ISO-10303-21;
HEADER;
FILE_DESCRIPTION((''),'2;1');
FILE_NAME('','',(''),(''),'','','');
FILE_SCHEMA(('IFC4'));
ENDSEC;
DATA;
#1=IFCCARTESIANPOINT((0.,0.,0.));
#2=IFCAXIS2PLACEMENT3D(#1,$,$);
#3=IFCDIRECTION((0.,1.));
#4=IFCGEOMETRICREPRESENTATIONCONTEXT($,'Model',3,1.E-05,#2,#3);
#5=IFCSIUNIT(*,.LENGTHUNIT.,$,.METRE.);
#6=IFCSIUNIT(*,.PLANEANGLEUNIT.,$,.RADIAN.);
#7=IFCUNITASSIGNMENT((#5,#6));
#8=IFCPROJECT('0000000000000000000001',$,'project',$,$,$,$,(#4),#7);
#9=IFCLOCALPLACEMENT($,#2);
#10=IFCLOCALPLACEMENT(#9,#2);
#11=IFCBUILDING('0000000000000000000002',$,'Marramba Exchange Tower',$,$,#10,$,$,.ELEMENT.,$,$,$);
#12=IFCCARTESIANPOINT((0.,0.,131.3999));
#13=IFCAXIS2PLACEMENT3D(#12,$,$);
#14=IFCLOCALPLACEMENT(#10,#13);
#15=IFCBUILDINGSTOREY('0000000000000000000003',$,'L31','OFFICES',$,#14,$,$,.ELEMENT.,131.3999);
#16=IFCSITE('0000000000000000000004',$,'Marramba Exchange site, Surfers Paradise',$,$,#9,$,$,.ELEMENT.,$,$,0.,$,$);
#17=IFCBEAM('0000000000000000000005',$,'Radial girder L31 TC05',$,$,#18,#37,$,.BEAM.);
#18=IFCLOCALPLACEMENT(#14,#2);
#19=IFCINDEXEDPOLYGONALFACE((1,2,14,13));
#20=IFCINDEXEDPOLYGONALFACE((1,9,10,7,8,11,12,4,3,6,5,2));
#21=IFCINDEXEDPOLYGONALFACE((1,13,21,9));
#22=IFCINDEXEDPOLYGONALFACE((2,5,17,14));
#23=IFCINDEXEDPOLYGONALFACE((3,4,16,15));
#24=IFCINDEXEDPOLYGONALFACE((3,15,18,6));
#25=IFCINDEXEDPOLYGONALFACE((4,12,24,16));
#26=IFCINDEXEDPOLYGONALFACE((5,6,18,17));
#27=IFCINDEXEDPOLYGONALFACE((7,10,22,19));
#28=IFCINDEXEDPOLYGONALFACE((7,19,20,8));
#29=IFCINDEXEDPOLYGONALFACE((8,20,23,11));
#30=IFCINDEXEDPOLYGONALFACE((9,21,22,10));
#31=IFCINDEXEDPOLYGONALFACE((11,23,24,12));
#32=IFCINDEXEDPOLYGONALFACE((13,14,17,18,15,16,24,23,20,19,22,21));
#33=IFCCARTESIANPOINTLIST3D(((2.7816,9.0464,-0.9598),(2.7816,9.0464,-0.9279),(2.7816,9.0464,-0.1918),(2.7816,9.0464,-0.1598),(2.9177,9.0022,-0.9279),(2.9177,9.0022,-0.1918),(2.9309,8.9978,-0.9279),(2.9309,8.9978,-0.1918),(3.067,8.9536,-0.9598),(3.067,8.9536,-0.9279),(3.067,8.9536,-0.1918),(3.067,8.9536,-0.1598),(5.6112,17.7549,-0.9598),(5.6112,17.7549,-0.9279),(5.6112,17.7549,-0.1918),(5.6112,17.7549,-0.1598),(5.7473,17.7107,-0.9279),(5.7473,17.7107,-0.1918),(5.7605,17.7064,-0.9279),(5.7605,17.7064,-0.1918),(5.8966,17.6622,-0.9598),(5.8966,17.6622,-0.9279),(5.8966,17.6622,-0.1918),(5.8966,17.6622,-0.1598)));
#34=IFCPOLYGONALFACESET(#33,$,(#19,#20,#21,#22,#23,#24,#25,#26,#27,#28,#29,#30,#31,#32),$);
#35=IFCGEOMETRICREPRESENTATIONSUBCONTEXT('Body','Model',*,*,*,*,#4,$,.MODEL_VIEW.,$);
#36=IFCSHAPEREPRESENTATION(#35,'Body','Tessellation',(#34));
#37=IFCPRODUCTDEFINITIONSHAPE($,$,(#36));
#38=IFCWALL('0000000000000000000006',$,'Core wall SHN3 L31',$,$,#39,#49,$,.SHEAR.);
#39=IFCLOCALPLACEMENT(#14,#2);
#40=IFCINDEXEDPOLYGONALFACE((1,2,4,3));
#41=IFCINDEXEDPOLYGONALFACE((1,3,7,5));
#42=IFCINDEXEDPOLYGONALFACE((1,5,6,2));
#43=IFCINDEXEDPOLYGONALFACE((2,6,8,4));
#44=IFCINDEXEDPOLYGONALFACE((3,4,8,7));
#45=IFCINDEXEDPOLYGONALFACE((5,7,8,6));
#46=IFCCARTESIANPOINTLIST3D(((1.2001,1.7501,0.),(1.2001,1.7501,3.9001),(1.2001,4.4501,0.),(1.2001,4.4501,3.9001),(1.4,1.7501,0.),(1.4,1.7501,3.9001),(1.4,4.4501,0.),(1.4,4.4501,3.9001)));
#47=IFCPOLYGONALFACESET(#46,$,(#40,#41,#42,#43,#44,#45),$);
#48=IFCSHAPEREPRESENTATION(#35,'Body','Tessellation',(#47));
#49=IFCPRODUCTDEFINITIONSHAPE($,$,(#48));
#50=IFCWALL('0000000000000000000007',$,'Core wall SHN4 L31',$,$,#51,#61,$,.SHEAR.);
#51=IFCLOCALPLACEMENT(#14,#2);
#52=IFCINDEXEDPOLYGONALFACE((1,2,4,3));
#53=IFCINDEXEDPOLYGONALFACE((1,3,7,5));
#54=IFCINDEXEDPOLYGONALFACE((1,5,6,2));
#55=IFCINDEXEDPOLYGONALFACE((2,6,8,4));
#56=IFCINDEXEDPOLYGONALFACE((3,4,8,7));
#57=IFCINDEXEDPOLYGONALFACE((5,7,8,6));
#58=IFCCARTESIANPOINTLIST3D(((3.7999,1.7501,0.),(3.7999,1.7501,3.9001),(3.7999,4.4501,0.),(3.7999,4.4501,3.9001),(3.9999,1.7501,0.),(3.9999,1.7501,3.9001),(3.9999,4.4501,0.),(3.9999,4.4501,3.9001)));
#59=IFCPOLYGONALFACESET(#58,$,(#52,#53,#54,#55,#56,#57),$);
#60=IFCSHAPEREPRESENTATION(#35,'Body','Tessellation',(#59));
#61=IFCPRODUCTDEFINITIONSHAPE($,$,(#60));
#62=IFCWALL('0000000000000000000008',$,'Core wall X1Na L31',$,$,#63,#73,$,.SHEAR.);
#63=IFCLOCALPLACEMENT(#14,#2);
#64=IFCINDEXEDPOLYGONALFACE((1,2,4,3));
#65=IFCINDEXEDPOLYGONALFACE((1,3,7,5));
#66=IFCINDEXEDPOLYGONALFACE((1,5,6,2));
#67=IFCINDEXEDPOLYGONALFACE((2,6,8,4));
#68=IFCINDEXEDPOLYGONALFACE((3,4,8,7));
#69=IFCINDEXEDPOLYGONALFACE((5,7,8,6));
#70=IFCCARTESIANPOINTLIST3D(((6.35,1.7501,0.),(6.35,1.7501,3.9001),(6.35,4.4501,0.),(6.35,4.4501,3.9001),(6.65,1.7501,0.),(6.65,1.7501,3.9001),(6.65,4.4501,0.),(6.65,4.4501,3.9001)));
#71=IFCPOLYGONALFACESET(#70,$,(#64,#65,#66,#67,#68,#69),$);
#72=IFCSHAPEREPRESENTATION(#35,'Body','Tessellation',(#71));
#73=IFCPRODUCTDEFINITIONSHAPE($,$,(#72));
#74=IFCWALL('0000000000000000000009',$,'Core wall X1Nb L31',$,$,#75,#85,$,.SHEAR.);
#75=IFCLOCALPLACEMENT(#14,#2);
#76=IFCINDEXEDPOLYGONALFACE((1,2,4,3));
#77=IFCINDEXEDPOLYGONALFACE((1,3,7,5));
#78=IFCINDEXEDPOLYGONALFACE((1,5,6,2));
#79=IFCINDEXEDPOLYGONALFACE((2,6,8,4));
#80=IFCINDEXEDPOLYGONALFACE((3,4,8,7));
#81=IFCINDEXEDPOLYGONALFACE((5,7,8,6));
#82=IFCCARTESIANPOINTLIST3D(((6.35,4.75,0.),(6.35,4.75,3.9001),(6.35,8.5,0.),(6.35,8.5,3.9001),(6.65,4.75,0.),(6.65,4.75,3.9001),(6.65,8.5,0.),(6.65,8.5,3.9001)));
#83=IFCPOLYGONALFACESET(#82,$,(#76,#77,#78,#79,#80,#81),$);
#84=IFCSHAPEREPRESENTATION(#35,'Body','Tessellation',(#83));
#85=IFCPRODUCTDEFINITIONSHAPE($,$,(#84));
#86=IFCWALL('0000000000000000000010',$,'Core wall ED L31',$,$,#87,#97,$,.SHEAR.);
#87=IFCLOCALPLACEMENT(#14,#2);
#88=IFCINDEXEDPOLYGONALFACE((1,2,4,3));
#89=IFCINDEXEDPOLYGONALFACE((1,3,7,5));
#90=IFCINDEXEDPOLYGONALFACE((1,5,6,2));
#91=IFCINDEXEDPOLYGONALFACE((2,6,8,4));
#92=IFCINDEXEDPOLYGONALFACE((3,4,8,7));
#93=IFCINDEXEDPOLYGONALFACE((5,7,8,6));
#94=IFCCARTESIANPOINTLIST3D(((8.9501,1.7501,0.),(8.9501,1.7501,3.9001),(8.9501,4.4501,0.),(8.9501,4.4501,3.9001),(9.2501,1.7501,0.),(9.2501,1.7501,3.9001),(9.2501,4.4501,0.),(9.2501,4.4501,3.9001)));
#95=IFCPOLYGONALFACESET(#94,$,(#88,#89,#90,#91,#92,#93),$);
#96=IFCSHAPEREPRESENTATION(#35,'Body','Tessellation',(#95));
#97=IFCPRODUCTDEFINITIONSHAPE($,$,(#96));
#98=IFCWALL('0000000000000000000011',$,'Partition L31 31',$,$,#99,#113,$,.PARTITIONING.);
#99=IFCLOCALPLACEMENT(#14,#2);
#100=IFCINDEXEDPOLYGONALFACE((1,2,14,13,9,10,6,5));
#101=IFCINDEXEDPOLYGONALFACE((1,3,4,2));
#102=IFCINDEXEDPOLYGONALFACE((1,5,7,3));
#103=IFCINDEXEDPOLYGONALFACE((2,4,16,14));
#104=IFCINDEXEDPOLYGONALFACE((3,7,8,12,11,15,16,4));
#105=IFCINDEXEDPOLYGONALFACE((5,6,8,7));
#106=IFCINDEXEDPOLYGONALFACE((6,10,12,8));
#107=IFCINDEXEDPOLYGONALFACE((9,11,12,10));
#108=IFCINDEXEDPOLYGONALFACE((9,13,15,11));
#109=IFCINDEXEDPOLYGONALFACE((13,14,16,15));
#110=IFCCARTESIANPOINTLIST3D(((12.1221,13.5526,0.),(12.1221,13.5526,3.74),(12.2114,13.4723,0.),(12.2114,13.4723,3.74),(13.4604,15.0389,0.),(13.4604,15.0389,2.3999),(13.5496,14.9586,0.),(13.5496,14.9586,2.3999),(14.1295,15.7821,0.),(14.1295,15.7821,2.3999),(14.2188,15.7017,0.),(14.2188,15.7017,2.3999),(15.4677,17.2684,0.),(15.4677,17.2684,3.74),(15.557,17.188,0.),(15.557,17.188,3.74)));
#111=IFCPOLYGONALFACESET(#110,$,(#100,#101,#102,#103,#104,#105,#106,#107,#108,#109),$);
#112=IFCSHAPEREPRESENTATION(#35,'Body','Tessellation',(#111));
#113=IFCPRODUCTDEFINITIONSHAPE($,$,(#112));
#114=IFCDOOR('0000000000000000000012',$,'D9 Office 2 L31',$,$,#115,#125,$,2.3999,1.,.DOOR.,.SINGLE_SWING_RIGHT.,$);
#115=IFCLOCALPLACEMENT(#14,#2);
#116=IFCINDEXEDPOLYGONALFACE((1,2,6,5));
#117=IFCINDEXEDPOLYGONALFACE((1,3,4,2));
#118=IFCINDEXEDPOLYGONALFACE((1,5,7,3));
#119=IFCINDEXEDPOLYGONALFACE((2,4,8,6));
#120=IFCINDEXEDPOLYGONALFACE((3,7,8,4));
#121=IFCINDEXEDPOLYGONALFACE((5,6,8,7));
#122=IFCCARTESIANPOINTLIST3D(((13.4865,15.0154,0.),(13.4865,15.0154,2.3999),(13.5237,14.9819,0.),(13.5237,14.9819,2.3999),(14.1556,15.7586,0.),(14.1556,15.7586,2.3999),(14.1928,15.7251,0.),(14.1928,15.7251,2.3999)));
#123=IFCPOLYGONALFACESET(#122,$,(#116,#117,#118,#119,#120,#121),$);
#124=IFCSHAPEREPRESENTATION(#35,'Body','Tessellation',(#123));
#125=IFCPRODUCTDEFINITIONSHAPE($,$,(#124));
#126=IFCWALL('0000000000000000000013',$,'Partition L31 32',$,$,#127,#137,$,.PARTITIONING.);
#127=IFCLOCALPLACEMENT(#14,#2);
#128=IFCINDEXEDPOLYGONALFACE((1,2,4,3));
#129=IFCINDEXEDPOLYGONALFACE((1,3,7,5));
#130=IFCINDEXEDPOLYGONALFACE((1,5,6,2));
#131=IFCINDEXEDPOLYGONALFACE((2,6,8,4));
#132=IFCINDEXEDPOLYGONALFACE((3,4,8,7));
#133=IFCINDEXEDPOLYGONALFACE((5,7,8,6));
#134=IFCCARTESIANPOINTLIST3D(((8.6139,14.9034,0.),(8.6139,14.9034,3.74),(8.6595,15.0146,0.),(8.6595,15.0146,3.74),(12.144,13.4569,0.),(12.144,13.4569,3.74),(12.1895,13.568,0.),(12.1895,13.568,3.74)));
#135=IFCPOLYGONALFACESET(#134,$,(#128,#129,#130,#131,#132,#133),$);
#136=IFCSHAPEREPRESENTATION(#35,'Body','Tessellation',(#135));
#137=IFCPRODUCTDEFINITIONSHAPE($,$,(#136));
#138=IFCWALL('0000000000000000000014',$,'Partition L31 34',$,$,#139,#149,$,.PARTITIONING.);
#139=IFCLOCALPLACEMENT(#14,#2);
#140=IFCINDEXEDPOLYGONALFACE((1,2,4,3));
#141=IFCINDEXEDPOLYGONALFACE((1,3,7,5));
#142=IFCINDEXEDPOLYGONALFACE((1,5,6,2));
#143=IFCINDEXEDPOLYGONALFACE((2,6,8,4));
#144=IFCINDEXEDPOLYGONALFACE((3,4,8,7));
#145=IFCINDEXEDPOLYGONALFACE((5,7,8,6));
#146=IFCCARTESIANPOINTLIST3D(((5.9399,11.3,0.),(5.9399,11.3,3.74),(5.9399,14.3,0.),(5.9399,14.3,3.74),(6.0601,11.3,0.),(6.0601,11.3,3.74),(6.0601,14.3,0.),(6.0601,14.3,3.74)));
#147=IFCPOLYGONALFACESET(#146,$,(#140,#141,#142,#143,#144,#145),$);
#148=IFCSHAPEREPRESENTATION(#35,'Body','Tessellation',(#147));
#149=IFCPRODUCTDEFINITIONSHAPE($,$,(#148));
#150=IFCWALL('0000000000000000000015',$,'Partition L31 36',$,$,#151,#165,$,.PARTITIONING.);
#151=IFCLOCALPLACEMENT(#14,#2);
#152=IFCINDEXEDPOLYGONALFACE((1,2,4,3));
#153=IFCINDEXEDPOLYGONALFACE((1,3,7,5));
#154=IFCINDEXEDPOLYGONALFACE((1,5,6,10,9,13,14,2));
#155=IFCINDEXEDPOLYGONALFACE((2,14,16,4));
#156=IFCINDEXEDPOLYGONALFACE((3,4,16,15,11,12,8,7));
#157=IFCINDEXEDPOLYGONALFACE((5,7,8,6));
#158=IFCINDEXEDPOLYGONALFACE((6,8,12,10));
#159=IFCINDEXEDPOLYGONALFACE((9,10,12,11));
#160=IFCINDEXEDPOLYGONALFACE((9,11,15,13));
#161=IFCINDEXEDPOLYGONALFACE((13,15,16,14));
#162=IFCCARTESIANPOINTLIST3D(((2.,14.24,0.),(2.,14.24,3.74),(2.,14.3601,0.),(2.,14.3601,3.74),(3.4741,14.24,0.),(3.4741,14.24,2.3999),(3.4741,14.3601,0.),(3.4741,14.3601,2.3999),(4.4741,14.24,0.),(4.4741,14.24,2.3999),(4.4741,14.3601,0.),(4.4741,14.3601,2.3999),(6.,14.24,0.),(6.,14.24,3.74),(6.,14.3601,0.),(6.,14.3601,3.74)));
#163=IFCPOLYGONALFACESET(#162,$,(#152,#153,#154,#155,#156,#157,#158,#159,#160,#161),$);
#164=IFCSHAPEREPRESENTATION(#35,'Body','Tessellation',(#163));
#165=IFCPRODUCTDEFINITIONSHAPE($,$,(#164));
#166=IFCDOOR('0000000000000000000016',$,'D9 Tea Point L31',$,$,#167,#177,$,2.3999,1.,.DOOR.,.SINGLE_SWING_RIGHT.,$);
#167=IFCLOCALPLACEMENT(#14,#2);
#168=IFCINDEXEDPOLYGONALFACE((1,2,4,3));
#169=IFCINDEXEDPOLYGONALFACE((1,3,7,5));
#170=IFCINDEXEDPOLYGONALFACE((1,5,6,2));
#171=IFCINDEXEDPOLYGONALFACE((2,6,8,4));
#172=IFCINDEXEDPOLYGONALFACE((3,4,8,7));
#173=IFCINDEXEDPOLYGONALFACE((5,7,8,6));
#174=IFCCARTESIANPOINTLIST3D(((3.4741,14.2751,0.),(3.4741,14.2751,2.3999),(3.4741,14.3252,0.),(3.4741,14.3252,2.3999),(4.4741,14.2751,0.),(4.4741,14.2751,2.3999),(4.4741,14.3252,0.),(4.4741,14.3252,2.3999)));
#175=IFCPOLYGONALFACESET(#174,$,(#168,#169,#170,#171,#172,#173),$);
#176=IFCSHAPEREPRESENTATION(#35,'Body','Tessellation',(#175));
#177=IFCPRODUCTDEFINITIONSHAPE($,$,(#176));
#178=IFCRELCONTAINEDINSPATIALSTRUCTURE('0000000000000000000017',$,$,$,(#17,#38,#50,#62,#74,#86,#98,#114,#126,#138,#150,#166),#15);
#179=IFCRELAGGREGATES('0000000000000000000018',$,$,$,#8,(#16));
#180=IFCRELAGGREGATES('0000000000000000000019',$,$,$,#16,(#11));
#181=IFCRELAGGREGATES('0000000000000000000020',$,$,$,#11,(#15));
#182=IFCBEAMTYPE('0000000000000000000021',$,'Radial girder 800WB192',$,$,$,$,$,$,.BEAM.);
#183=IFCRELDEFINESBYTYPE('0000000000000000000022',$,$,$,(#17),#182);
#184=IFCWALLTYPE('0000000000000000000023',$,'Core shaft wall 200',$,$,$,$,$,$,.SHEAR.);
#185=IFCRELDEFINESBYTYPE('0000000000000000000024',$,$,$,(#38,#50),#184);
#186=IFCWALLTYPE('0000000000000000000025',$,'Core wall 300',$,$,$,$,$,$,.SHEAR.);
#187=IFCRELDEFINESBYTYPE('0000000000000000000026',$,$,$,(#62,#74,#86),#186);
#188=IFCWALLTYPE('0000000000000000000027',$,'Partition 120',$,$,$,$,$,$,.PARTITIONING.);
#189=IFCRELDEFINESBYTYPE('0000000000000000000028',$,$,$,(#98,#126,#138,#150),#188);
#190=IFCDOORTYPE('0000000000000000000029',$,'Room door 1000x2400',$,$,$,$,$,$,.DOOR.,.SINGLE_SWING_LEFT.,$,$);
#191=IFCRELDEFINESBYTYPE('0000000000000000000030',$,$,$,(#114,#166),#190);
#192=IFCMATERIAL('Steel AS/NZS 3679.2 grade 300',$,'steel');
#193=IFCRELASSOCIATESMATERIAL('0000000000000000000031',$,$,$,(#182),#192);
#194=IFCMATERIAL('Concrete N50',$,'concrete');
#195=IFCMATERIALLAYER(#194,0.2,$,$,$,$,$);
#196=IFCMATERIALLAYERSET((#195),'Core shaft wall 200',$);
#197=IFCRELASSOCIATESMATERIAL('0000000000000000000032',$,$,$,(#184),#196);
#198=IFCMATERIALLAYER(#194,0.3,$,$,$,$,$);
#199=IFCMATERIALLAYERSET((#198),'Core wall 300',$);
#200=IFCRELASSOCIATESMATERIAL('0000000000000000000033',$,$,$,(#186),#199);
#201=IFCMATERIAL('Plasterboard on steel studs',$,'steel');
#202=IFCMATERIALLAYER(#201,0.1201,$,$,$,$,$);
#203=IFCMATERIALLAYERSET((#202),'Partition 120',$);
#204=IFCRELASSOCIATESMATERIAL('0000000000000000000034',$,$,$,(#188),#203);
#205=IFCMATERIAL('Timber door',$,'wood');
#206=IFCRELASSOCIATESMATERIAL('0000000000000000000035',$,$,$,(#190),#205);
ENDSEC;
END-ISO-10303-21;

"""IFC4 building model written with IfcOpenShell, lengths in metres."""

from ifc_helpers import new_model, si_unit, direction, frame, frame_2d, origin, origin_2d, place, context, subcontext, project, spatial, rectangle, i_section, extrude, material, layer, layer_set, material_profile, profile_set, type_object, element, fill, save


model = new_model("IFC4")

# Units and contexts
model_context = context("Model", 3, precision=1e-05, world=origin(), true_north=direction((0.0, 1.0)))
body_context = subcontext(model_context, "Body", "Model", "MODEL_VIEW")
ifc_project = project(units=[si_unit("LENGTHUNIT", "METRE"), si_unit("PLANEANGLEUNIT", "RADIAN")], contexts=[model_context])

# Site, building, storey
site_placement = place(None, origin())
site = spatial("IfcSite", under=ifc_project, at=site_placement, Name="Marramba Exchange site, Surfers Paradise", CompositionType="ELEMENT", RefElevation=0.0)
building_placement = place(site_placement, origin())
building = spatial("IfcBuilding", under=site, at=building_placement, Name="Marramba Exchange Tower", CompositionType="ELEMENT")
storey_placement = place(building_placement, frame((0.0, 0.0, 131.3999)))
storey = spatial("IfcBuildingStorey", under=building, at=storey_placement, Name="L31", Description="OFFICES", CompositionType="ELEMENT", Elevation=131.3999)

# Beam
ifc_material_1 = material(Name="Steel AS/NZS 3679.2 grade 300", Category="steel")
ifc_material_profile_1 = material_profile(ifc_material_1, i_section(OverallWidth=0.3, OverallDepth=0.8, WebThickness=0.0139, FlangeThickness=0.032, at=origin_2d()), Name="800WB192")
ifc_profile_set_1 = profile_set([ifc_material_profile_1], Name="Steel AS/NZS 3679.2 grade 300")
beam_type_1 = type_object("IfcBeamType", Name="Radial girder 800WB192", PredefinedType="BEAM", material=ifc_profile_set_1)
beam_1_placement = place(storey_placement, frame((2.9243, 9.0, -0.5598), z_axis=(0.30902, 0.951056, 0.0), x_axis=(-0.951056, 0.30902, 0.0)))
element("IfcBeam", 1, at=beam_1_placement, inside=storey, type_object=beam_type_1, Name="Radial girder L31 TC05", PredefinedType="BEAM", context=body_context, shape_type="SweptSolid", body=[
    extrude(i_section(OverallWidth=0.3, OverallDepth=0.8, WebThickness=0.0139, FlangeThickness=0.032, at=origin_2d()), origin(), (0.0, 0.0, 1.0), 9.1567),
])

# Walls
ifc_material_2 = material(Name="Concrete N50", Category="concrete")
ifc_layer_1 = layer(ifc_material_2, 0.2)
ifc_layer_set_1 = layer_set([ifc_layer_1], Name="Core shaft wall 200")
wall_type_1 = type_object("IfcWallType", Name="Core shaft wall 200", PredefinedType="SHEAR", material=ifc_layer_set_1)
for number, where, z_axis, x_axis, name in (
    (2, (1.3, 1.75, 0.0), (0.0, 0.0, 1.0), (0.0, 1.0, 0.0), "Core wall SHN3 L31"),
    (3, (3.8999, 1.75, 0.0), (0.0, 0.0, 1.0), (0.0, 1.0, 0.0), "Core wall SHN4 L31"),
):
    element("IfcWall", number, at=place(storey_placement, frame(where, z_axis=z_axis, x_axis=x_axis)), inside=storey, type_object=wall_type_1, Name=name, PredefinedType="SHEAR", context=body_context, shape_type="SweptSolid", body=[
        extrude(rectangle(XDim=2.7, YDim=0.2, at=frame_2d((1.3501, 0.0))), origin(), (0.0, 0.0, 1.0), 3.9001),
    ])

# Walls
ifc_layer_2 = layer(ifc_material_2, 0.3)
ifc_layer_set_2 = layer_set([ifc_layer_2], Name="Core wall 300")
wall_type_2 = type_object("IfcWallType", Name="Core wall 300", PredefinedType="SHEAR", material=ifc_layer_set_2)
wall_1_placement = place(storey_placement, frame((6.5, 1.75, 0.0), z_axis=(0.0, 0.0, 1.0), x_axis=(0.0, 1.0, 0.0)))
element("IfcWall", 4, at=wall_1_placement, inside=storey, type_object=wall_type_2, Name="Core wall X1Na L31", PredefinedType="SHEAR", context=body_context, shape_type="SweptSolid", body=[
    extrude(rectangle(XDim=2.7, YDim=0.3, at=frame_2d((1.3501, 0.0))), origin(), (0.0, 0.0, 1.0), 3.9001),
])
wall_2_placement = place(storey_placement, frame((6.5, 4.75, 0.0), z_axis=(0.0, 0.0, 1.0), x_axis=(0.0, 1.0, 0.0)))
element("IfcWall", 5, at=wall_2_placement, inside=storey, type_object=wall_type_2, Name="Core wall X1Nb L31", PredefinedType="SHEAR", context=body_context, shape_type="SweptSolid", body=[
    extrude(rectangle(XDim=3.75, YDim=0.3, at=frame_2d((1.875, 0.0))), origin(), (0.0, 0.0, 1.0), 3.9001),
])
wall_3_placement = place(storey_placement, frame((9.1001, 1.75, 0.0), z_axis=(0.0, 0.0, 1.0), x_axis=(0.0, 1.0, 0.0)))
element("IfcWall", 6, at=wall_3_placement, inside=storey, type_object=wall_type_2, Name="Core wall ED L31", PredefinedType="SHEAR", context=body_context, shape_type="SweptSolid", body=[
    extrude(rectangle(XDim=2.7, YDim=0.3, at=frame_2d((1.3501, 0.0))), origin(), (0.0, 0.0, 1.0), 3.9001),
])

# Wall, opening, door
ifc_material_3 = material(Name="Plasterboard on steel studs", Category="steel")
ifc_layer_3 = layer(ifc_material_3, 0.1201)
ifc_layer_set_3 = layer_set([ifc_layer_3], Name="Partition 120")
wall_type_3 = type_object("IfcWallType", Name="Partition 120", PredefinedType="PARTITIONING", material=ifc_layer_set_3)
wall_4_placement = place(storey_placement, frame((12.1667, 13.5125, 0.0), z_axis=(0.0, 0.0, 1.0), x_axis=(0.669127, 0.743148, 0.0)))
wall_4 = element("IfcWall", 7, at=wall_4_placement, inside=storey, type_object=wall_type_3, Name="Partition L31 31", PredefinedType="PARTITIONING", context=body_context, shape_type="SweptSolid", body=[
    extrude(rectangle(XDim=5.0, YDim=0.1201, at=frame_2d((2.5, 0.0))), origin(), (0.0, 0.0, 1.0), 3.74),
])
opening_1_placement = place(wall_4_placement, frame((2.0, 0.0, 0.0)))
opening_1 = element("IfcOpeningElement", 8, at=opening_1_placement, cuts=wall_4, PredefinedType="OPENING", context=body_context, shape_type="SweptSolid", body=[
    extrude(rectangle(XDim=1.0, YDim=2.3999, at=frame_2d((0.5, 1.2))), frame((0.0, 0.0701, 0.0), z_axis=(0.0, -1.0, 0.0), x_axis=(1.0, 0.0, 0.0)), (0.0, 0.0, 1.0), 0.1401),
])
ifc_material_4 = material(Name="Timber door", Category="wood")
door_type_1 = type_object("IfcDoorType", Name="Room door 1000x2400", OperationType="SINGLE_SWING_LEFT", PredefinedType="DOOR", material=ifc_material_4)
door_1_placement = place(opening_1_placement, origin())
door_1 = element("IfcDoor", 9, at=door_1_placement, inside=storey, type_object=door_type_1, Name="D9 Office 2 L31", OperationType="SINGLE_SWING_RIGHT", OverallHeight=2.3999, OverallWidth=1.0, PredefinedType="DOOR", context=body_context, shape_type="SweptSolid", body=[
    extrude(rectangle(XDim=1.0, YDim=2.3999, at=frame_2d((0.5, 1.2))), frame((0.0, 0.0249, 0.0), z_axis=(0.0, -1.0, 0.0), x_axis=(1.0, 0.0, 0.0)), (0.0, 0.0, 1.0), 0.05),
])
fill(opening_1, door_1)

# Walls
wall_5_placement = place(storey_placement, frame((8.6367, 14.959, 0.0), z_axis=(0.0, 0.0, 1.0), x_axis=(0.925324, -0.379179, 0.0)))
element("IfcWall", 10, at=wall_5_placement, inside=storey, type_object=wall_type_3, Name="Partition L31 32", PredefinedType="PARTITIONING", context=body_context, shape_type="SweptSolid", body=[
    extrude(rectangle(XDim=3.8149, YDim=0.1201, at=frame_2d((1.9075, 0.0))), origin(), (0.0, 0.0, 1.0), 3.74),
])
wall_6_placement = place(storey_placement, frame((6.0, 11.3, 0.0), z_axis=(0.0, 0.0, 1.0), x_axis=(0.0, 1.0, 0.0)))
element("IfcWall", 11, at=wall_6_placement, inside=storey, type_object=wall_type_3, Name="Partition L31 34", PredefinedType="PARTITIONING", context=body_context, shape_type="SweptSolid", body=[
    extrude(rectangle(XDim=3.0, YDim=0.1201, at=frame_2d((1.5, 0.0))), origin(), (0.0, 0.0, 1.0), 3.74),
])

# Wall, opening, door
wall_7_placement = place(storey_placement, frame((6.0, 14.3, 0.0), z_axis=(0.0, 0.0, 1.0), x_axis=(-1.0, 0.0, 0.0)))
wall_7 = element("IfcWall", 12, at=wall_7_placement, inside=storey, type_object=wall_type_3, Name="Partition L31 36", PredefinedType="PARTITIONING", context=body_context, shape_type="SweptSolid", body=[
    extrude(rectangle(XDim=4.0, YDim=0.1201, at=frame_2d((2.0, 0.0))), origin(), (0.0, 0.0, 1.0), 3.74),
])
opening_2_placement = place(wall_7_placement, frame((1.5259, 0.0, 0.0)))
opening_2 = element("IfcOpeningElement", 13, at=opening_2_placement, cuts=wall_7, PredefinedType="OPENING", context=body_context, shape_type="SweptSolid", body=[
    extrude(rectangle(XDim=1.0, YDim=2.3999, at=frame_2d((0.5, 1.2))), frame((0.0, 0.0701, 0.0), z_axis=(0.0, -1.0, 0.0), x_axis=(1.0, 0.0, 0.0)), (0.0, 0.0, 1.0), 0.1401),
])
door_2_placement = place(opening_2_placement, origin())
door_2 = element("IfcDoor", 14, at=door_2_placement, inside=storey, type_object=door_type_1, Name="D9 Tea Point L31", OperationType="SINGLE_SWING_RIGHT", OverallHeight=2.3999, OverallWidth=1.0, PredefinedType="DOOR", context=body_context, shape_type="SweptSolid", body=[
    extrude(rectangle(XDim=1.0, YDim=2.3999, at=frame_2d((0.5, 1.2))), frame((0.0, 0.0249, 0.0), z_axis=(0.0, -1.0, 0.0), x_axis=(1.0, 0.0, 0.0)), (0.0, 0.0, 1.0), 0.05),
])
fill(opening_2, door_2)

save(model, "model.ifc")
